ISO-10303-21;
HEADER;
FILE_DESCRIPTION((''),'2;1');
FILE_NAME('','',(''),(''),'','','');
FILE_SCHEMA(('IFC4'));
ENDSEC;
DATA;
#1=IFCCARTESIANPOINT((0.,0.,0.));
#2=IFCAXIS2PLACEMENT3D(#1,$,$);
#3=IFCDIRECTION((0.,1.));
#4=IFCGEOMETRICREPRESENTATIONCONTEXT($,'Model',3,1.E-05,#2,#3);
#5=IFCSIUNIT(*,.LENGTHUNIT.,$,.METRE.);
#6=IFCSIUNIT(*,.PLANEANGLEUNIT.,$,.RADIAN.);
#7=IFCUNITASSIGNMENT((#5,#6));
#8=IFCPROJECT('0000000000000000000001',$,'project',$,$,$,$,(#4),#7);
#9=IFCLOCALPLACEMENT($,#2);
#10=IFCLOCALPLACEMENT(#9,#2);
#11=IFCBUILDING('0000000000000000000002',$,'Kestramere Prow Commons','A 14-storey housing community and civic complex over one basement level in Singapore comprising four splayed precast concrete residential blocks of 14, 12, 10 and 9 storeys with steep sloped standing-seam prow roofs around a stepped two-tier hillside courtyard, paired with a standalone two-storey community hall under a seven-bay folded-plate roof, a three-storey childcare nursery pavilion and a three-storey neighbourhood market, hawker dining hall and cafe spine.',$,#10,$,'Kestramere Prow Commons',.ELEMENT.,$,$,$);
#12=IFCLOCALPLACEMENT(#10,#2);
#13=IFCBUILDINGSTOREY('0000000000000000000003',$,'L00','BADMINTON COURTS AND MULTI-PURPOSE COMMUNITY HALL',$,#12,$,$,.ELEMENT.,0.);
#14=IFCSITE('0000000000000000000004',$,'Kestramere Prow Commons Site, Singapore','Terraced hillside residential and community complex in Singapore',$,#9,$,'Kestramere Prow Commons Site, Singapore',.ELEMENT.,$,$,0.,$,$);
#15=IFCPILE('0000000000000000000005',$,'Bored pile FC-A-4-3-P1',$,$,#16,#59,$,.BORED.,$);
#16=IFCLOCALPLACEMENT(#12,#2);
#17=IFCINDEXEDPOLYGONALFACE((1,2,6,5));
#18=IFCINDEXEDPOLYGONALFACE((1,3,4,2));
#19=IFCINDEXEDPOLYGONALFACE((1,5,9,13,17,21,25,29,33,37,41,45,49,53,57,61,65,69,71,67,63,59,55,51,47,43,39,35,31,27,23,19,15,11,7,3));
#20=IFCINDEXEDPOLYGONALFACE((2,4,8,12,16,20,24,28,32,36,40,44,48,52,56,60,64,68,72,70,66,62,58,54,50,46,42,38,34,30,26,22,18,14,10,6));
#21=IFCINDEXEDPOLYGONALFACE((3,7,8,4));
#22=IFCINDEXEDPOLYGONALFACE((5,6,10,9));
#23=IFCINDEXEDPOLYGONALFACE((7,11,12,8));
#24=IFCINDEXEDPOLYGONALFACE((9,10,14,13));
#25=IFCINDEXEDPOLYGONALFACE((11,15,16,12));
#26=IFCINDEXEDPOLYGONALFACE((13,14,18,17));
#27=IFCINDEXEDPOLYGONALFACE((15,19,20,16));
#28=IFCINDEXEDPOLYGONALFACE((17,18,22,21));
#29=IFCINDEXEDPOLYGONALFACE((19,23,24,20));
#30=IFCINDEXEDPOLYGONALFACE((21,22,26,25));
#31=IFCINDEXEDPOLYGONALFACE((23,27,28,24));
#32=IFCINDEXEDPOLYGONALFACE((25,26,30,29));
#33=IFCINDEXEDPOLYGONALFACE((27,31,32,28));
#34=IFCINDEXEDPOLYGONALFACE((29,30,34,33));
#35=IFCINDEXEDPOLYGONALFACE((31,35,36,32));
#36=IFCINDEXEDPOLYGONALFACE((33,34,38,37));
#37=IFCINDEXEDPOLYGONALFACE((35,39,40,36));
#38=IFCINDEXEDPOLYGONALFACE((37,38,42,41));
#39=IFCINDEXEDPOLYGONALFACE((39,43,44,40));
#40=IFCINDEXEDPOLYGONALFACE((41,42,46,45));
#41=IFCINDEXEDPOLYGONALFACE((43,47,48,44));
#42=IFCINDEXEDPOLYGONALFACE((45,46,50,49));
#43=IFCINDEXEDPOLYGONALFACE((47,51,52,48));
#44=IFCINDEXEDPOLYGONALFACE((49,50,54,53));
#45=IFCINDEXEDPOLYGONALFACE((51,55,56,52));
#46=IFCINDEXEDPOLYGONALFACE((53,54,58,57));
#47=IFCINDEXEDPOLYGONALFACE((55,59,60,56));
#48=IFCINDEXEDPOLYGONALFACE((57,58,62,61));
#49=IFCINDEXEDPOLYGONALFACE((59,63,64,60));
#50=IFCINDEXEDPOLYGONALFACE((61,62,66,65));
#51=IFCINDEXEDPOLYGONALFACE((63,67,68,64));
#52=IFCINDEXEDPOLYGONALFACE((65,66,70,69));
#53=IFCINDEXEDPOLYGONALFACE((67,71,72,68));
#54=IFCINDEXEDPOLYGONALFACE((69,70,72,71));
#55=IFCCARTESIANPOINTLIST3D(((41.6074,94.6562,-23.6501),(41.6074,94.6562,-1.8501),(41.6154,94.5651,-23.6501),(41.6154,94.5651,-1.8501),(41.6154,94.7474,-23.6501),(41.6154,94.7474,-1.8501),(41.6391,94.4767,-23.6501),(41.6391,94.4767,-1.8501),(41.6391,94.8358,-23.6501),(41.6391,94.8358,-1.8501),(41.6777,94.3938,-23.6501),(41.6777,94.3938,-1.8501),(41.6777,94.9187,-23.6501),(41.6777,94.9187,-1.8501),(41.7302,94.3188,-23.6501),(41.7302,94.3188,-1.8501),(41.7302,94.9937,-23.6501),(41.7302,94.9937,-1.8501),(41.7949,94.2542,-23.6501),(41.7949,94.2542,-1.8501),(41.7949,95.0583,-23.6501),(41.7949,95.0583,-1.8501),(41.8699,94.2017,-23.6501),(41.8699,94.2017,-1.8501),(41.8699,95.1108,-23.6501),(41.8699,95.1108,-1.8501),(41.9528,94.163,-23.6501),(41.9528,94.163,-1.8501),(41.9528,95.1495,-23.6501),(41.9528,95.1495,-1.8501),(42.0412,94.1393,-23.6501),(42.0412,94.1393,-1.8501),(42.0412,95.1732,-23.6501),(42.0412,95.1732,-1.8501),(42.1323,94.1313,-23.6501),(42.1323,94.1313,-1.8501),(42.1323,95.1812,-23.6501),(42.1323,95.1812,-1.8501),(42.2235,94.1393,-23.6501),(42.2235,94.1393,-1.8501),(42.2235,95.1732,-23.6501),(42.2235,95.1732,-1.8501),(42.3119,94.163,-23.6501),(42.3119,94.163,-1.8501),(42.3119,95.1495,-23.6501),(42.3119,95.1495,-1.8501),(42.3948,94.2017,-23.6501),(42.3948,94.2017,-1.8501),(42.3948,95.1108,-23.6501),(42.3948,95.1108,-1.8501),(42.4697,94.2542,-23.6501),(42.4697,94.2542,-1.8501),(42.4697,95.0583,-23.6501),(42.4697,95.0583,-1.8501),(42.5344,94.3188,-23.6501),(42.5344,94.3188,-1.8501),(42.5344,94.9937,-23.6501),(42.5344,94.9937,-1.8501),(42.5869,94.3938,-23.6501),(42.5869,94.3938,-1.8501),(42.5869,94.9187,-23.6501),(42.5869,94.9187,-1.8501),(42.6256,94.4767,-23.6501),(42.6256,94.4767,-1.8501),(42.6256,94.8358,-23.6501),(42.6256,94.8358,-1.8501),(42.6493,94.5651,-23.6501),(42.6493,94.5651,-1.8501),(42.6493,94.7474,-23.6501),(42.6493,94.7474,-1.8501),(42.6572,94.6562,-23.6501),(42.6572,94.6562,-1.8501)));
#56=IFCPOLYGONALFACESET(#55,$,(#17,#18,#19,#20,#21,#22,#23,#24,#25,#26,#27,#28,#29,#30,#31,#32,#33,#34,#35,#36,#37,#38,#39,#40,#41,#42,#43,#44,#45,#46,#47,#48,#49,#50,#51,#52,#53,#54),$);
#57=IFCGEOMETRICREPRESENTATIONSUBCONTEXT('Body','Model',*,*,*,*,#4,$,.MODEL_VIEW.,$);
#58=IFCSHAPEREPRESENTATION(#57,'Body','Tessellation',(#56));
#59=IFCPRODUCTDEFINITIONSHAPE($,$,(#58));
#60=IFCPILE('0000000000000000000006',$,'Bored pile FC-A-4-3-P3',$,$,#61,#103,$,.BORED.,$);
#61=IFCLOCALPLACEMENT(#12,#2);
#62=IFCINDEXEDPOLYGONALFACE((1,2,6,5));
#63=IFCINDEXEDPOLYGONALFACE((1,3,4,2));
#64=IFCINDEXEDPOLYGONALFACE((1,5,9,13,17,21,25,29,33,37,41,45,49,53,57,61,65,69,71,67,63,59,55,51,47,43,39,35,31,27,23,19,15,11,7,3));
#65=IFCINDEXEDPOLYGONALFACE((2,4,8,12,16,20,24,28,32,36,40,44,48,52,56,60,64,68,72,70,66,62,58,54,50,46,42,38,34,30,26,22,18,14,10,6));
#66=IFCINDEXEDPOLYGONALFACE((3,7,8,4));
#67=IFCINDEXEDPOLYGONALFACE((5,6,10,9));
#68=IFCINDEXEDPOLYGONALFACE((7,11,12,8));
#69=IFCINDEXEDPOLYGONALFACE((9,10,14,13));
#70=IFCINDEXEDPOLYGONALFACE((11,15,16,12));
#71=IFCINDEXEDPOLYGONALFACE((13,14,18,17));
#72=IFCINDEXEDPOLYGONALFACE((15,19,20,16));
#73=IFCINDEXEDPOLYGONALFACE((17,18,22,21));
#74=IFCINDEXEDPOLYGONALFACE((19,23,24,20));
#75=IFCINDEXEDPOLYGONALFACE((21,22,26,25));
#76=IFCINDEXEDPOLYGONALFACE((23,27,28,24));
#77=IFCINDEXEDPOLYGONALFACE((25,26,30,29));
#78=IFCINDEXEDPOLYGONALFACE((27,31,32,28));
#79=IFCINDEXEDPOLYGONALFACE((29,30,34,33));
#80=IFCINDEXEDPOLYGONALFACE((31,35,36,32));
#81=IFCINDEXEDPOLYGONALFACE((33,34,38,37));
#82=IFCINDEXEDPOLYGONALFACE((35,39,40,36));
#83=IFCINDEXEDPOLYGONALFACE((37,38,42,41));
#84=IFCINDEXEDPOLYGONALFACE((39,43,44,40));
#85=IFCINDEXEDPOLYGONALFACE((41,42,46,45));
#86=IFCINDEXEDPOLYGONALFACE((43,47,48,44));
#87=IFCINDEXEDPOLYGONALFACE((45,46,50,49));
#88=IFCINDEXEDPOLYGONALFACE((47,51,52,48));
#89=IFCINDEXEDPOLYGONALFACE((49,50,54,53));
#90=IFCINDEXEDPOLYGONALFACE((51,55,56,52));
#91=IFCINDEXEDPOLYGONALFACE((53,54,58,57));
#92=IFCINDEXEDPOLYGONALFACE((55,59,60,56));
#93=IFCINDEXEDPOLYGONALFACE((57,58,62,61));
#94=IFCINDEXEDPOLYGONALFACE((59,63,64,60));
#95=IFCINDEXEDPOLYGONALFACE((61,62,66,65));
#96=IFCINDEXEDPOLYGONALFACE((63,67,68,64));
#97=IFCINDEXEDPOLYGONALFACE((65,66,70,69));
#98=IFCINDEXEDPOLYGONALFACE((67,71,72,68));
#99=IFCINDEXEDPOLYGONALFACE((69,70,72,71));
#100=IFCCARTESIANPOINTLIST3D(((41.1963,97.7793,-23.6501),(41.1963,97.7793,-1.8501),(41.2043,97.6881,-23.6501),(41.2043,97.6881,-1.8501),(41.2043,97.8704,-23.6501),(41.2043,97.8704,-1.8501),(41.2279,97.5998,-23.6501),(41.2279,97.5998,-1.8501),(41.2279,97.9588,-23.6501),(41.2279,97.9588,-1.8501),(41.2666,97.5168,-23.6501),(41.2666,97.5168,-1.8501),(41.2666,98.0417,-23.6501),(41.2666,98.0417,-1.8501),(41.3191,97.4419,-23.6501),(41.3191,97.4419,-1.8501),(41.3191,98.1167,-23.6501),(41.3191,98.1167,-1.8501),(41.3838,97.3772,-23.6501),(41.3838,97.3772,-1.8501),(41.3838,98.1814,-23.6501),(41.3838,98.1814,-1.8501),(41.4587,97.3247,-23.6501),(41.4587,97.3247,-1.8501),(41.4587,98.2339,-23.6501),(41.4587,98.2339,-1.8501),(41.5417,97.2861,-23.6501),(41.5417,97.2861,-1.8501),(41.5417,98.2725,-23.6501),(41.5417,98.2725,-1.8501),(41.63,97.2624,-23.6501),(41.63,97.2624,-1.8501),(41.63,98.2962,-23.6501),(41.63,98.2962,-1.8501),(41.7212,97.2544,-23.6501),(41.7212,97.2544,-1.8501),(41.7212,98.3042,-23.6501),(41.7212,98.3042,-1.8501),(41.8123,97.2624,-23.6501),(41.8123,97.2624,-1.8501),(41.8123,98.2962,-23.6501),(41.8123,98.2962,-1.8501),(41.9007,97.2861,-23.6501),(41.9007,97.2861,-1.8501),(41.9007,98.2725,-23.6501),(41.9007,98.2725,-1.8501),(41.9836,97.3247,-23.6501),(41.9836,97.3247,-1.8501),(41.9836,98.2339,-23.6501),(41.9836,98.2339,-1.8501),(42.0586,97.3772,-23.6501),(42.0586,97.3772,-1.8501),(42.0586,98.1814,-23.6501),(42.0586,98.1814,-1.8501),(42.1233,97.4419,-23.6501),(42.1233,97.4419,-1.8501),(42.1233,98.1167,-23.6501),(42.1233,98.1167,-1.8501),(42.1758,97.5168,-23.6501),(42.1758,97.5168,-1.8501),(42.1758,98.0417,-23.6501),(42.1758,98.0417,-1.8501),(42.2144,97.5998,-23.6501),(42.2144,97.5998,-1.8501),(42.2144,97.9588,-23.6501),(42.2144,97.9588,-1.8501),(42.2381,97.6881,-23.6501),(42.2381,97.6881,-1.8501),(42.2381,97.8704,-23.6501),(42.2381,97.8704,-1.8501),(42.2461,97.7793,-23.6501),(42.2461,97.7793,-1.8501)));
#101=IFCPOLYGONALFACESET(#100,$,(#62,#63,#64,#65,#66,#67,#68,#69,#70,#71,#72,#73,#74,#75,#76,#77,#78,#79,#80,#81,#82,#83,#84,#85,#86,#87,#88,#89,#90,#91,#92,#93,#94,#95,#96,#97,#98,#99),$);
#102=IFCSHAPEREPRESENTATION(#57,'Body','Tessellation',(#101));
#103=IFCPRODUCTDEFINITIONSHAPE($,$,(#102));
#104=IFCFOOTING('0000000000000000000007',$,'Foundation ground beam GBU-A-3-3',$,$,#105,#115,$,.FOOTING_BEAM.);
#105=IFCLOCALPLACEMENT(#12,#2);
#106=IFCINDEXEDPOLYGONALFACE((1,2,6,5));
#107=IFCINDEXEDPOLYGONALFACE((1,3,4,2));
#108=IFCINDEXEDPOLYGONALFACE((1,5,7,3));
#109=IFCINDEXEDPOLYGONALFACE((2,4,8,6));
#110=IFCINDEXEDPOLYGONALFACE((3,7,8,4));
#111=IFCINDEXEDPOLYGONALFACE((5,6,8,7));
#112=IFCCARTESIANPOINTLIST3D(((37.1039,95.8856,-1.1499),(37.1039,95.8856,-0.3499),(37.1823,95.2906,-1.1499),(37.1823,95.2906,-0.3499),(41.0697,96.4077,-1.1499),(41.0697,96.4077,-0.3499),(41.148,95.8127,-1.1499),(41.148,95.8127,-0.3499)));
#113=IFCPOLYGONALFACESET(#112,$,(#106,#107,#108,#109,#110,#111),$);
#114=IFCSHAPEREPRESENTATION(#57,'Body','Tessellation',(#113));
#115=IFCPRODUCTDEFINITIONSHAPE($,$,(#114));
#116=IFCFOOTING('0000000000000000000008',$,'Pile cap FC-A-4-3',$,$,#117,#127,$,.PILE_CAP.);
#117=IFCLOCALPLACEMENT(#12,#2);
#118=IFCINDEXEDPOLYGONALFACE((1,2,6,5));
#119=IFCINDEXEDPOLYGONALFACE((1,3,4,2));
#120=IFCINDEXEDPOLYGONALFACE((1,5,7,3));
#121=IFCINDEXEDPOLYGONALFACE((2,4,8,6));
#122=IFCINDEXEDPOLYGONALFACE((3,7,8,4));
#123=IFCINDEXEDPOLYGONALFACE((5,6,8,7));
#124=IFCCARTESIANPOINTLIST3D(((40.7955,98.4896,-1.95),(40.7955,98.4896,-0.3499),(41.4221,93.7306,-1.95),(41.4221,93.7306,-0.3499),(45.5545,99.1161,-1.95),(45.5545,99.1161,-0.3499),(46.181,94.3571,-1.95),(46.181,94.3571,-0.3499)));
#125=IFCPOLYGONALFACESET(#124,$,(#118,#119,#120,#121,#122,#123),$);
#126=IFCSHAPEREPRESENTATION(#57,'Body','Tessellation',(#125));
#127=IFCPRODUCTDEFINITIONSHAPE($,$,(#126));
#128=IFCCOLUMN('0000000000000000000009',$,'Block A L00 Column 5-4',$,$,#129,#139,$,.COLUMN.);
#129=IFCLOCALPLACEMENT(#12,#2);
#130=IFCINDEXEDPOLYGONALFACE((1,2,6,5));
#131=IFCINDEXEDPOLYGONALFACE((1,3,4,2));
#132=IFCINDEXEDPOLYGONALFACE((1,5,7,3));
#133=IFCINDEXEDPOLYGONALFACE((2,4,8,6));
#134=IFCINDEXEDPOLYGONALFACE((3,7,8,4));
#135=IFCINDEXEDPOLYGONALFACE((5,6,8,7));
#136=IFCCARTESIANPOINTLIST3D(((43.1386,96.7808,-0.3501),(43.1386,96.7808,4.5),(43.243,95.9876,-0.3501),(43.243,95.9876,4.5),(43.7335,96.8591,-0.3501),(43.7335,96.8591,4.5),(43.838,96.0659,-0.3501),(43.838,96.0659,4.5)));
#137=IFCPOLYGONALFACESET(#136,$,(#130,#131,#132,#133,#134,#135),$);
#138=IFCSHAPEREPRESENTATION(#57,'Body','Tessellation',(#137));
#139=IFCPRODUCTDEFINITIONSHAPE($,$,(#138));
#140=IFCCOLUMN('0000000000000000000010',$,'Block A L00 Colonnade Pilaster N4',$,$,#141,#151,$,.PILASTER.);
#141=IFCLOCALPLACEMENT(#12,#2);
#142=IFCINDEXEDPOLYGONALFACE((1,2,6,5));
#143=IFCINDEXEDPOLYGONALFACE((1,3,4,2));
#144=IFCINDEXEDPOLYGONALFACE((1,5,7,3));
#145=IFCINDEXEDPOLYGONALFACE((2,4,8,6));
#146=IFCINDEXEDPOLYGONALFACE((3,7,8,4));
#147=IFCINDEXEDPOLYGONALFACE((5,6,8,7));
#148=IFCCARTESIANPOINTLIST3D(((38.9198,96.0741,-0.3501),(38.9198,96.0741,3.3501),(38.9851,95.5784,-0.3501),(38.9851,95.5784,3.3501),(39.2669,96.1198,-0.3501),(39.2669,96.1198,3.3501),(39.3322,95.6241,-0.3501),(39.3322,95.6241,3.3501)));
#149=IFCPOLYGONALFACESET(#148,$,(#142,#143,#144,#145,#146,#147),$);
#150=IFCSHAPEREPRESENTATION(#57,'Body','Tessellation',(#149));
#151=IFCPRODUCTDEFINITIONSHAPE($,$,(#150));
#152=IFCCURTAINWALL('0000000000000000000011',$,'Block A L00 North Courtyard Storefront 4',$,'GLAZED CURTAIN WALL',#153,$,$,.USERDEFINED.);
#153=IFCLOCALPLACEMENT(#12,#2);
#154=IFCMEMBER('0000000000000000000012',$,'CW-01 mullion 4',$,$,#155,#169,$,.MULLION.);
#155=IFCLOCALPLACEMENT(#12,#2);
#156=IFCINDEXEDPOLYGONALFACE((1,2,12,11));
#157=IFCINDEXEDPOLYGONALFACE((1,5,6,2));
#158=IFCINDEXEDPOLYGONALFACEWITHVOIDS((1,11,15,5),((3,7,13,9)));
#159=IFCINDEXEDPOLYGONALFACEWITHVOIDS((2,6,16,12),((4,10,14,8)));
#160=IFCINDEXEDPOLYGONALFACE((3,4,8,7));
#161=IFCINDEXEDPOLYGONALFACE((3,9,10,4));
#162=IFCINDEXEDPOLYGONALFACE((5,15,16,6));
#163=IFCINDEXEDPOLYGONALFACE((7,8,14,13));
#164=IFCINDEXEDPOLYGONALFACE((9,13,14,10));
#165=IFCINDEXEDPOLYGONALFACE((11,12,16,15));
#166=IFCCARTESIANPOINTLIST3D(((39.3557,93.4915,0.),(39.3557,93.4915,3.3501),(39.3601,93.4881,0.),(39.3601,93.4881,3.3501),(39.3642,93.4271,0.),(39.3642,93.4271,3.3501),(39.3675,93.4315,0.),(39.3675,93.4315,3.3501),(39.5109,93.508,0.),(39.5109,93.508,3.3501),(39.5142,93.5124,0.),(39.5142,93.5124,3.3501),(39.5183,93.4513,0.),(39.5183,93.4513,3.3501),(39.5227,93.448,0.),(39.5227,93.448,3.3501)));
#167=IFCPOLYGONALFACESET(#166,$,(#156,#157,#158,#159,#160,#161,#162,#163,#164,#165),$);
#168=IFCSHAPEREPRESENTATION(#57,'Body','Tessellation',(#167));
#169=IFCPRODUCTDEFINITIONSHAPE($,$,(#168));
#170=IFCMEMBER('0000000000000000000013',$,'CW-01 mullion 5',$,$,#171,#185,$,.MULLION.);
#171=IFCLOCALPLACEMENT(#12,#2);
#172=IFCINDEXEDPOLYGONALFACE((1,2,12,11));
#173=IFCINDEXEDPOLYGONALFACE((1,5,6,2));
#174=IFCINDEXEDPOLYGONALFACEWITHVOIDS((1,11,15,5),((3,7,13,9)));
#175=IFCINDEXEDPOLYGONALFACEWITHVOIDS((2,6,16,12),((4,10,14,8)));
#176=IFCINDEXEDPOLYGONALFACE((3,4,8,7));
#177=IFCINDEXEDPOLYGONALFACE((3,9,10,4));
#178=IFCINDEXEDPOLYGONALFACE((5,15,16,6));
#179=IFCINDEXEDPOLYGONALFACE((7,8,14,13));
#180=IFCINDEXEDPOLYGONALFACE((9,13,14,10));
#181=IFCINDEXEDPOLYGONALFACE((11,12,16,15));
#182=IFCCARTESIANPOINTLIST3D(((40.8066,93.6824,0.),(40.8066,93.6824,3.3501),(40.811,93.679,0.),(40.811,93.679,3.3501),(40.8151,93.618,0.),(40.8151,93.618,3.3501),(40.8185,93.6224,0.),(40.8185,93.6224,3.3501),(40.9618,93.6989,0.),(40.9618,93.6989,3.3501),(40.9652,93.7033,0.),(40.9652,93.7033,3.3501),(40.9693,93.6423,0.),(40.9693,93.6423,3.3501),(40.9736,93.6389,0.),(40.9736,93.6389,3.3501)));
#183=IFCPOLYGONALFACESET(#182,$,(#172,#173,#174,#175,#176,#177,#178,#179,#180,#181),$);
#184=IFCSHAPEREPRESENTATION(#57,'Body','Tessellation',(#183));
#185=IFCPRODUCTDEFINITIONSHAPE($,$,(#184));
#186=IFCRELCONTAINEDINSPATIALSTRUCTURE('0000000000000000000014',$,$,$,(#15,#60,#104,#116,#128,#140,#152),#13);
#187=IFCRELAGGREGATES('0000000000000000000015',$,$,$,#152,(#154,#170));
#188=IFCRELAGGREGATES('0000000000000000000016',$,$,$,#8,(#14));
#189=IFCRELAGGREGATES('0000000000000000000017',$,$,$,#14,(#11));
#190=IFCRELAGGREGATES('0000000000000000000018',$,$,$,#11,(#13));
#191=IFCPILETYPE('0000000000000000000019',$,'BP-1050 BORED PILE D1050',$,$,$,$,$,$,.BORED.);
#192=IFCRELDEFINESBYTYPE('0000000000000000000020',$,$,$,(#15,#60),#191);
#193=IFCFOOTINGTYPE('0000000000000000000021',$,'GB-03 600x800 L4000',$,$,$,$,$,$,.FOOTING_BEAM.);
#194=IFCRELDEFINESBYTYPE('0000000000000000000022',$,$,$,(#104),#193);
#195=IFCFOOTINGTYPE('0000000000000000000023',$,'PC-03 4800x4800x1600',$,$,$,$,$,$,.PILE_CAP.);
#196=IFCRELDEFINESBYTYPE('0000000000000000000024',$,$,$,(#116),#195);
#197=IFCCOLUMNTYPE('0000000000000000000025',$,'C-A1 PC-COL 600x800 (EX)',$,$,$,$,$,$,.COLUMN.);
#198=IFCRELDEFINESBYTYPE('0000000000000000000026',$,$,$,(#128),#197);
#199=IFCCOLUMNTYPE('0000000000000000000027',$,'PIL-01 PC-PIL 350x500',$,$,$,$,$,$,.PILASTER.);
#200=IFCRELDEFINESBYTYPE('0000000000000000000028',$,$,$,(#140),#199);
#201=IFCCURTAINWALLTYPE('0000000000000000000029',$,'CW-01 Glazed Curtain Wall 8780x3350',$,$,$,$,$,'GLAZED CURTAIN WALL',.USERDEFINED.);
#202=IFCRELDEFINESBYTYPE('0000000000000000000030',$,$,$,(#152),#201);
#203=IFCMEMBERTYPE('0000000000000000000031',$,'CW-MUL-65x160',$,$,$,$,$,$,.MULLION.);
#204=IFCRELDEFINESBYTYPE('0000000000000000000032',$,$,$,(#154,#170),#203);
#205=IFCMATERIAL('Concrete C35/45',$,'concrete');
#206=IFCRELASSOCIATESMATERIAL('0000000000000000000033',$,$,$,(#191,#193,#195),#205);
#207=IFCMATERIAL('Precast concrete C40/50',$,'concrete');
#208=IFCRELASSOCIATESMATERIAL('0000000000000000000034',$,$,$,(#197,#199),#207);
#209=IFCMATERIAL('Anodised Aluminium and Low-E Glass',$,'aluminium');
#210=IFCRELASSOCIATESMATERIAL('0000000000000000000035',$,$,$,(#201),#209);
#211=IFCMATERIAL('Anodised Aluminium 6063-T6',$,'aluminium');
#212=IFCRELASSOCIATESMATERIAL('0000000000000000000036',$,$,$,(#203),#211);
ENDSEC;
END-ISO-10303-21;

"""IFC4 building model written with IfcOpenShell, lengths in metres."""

from ifc_helpers import new_model, si_unit, direction, frame, origin, origin_2d, place, context, subcontext, project, spatial, rectangle, hollow_rectangle, circle, extrude, material, material_profile, profile_set, type_object, element, aggregate, save


model = new_model("IFC4")

# Units and contexts
model_context = context("Model", 3, precision=1e-05, world=origin(), true_north=direction((0.0, 1.0)))
body_context = subcontext(model_context, "Body", "Model", "MODEL_VIEW")
ifc_project = project(units=[si_unit("LENGTHUNIT", "METRE"), si_unit("PLANEANGLEUNIT", "RADIAN")], contexts=[model_context])

# Site, building, storey
site_placement = place(None, origin())
site = spatial("IfcSite", under=ifc_project, at=site_placement, Name="Kestramere Prow Commons Site, Singapore", Description="Terraced hillside residential and community complex in Singapore", LongName="Kestramere Prow Commons Site, Singapore", CompositionType="ELEMENT", RefElevation=0.0)
building_placement = place(site_placement, origin())
building = spatial("IfcBuilding", under=site, at=building_placement, Name="Kestramere Prow Commons", Description="A 14-storey housing community and civic complex over one basement level in Singapore comprising four splayed precast concrete residential blocks of 14, 12, 10 and 9 storeys with steep sloped standing-seam prow roofs around a stepped two-tier hillside courtyard, paired with a standalone two-storey community hall under a seven-bay folded-plate roof, a three-storey childcare nursery pavilion and a three-storey neighbourhood market, hawker dining hall and cafe spine.", LongName="Kestramere Prow Commons", CompositionType="ELEMENT")
storey_placement = place(building_placement, origin())
storey = spatial("IfcBuildingStorey", under=building, at=storey_placement, Name="L00", Description="BADMINTON COURTS AND MULTI-PURPOSE COMMUNITY HALL", CompositionType="ELEMENT", Elevation=0.0)

# Piles
ifc_material_1 = material(Name="Concrete C35/45", Category="concrete")
ifc_material_profile_1 = material_profile(ifc_material_1, circle(Radius=0.5249, at=origin_2d()), Name="BORED PILE D1050")
ifc_profile_set_1 = profile_set([ifc_material_profile_1], Name="Concrete C35/45")
pile_type = type_object("IfcPileType", Name="BP-1050 BORED PILE D1050", PredefinedType="BORED", material=ifc_profile_set_1)
for number, where, z_axis, x_axis, name in (
    (1, (42.1323, 94.6562, -1.8501), (0.0, 0.0, -1.0), (1.0, 0.0, 0.0), "Bored pile FC-A-4-3-P1"),
    (2, (41.7212, 97.7793, -1.8501), (0.0, 0.0, -1.0), (1.0, 0.0, 0.0), "Bored pile FC-A-4-3-P3"),
):
    element("IfcPile", number, at=place(storey_placement, frame(where, z_axis=z_axis, x_axis=x_axis)), inside=storey, type_object=pile_type, Name=name, PredefinedType="BORED", context=body_context, shape_type="SweptSolid", body=[
        extrude(circle(Radius=0.5249, at=origin_2d()), origin(), (0.0, 0.0, 1.0), 21.8),
    ])

# Footings
footing_type_1 = type_object("IfcFootingType", Name="GB-03 600x800 L4000", PredefinedType="FOOTING_BEAM", material=ifc_material_1)
footing_1_placement = place(storey_placement, frame((39.126, 95.8491, -1.1499), z_axis=(0.0, 0.0, 1.0), x_axis=(0.991445, 0.130526, 0.0)))
element("IfcFooting", 3, at=footing_1_placement, inside=storey, type_object=footing_type_1, Name="Foundation ground beam GBU-A-3-3", PredefinedType="FOOTING_BEAM", context=body_context, shape_type="SweptSolid", body=[
    extrude(rectangle(XDim=4.0, YDim=0.6001, at=origin_2d()), origin(), (0.0, 0.0, 1.0), 0.8),
])
footing_type_2 = type_object("IfcFootingType", Name="PC-03 4800x4800x1600", PredefinedType="PILE_CAP", material=ifc_material_1)
footing_2_placement = place(storey_placement, frame((43.4883, 96.4233, -1.95), z_axis=(0.0, 0.0, 1.0), x_axis=(0.991445, 0.130526, 0.0)))
element("IfcFooting", 4, at=footing_2_placement, inside=storey, type_object=footing_type_2, Name="Pile cap FC-A-4-3", PredefinedType="PILE_CAP", context=body_context, shape_type="SweptSolid", body=[
    extrude(rectangle(XDim=4.8, YDim=4.8, at=origin_2d()), origin(), (0.0, 0.0, 1.0), 1.6001),
])

# Columns
ifc_material_2 = material(Name="Precast concrete C40/50", Category="concrete")
ifc_material_profile_2 = material_profile(ifc_material_2, rectangle(XDim=0.6001, YDim=0.8, at=origin_2d()), Name="PC-COL 600x800")
ifc_profile_set_2 = profile_set([ifc_material_profile_2], Name="Precast concrete C40/50")
column_type_1 = type_object("IfcColumnType", Name="C-A1 PC-COL 600x800 (EX)", PredefinedType="COLUMN", material=ifc_profile_set_2)
column_1_placement = place(storey_placement, frame((43.4883, 96.4233, -0.3501), z_axis=(0.0, 0.0, 1.0), x_axis=(0.991445, 0.130526, 0.0)))
element("IfcColumn", 5, at=column_1_placement, inside=storey, type_object=column_type_1, Name="Block A L00 Column 5-4", PredefinedType="COLUMN", context=body_context, shape_type="SweptSolid", body=[
    extrude(rectangle(XDim=0.6001, YDim=0.8, at=origin_2d()), origin(), (0.0, 0.0, 1.0), 4.8501),
])
ifc_material_profile_3 = material_profile(ifc_material_2, rectangle(XDim=0.3501, YDim=0.5, at=origin_2d()), Name="PC-PIL 350x500")
ifc_profile_set_3 = profile_set([ifc_material_profile_3], Name="Precast concrete C40/50")
column_type_2 = type_object("IfcColumnType", Name="PIL-01 PC-PIL 350x500", PredefinedType="PILASTER", material=ifc_profile_set_3)
column_2_placement = place(storey_placement, frame((39.126, 95.8491, -0.3501), z_axis=(0.0, 0.0, 1.0), x_axis=(0.991445, 0.130526, 0.0)))
element("IfcColumn", 6, at=column_2_placement, inside=storey, type_object=column_type_2, Name="Block A L00 Colonnade Pilaster N4", PredefinedType="PILASTER", context=body_context, shape_type="SweptSolid", body=[
    extrude(rectangle(XDim=0.3501, YDim=0.5, at=origin_2d()), origin(), (0.0, 0.0, 1.0), 3.7002),
])

# Curtain wall, members
ifc_material_3 = material(Name="Anodised Aluminium and Low-E Glass", Category="aluminium")
curtain_wall_type = type_object("IfcCurtainWallType", Name="CW-01 Glazed Curtain Wall 8780x3350", ElementType="GLAZED CURTAIN WALL", PredefinedType="USERDEFINED", material=ifc_material_3)
curtain_wall_placement = place(storey_placement, origin())
curtain_wall = element("IfcCurtainWall", 7, at=curtain_wall_placement, inside=storey, type_object=curtain_wall_type, Name="Block A L00 North Courtyard Storefront 4", ObjectType="GLAZED CURTAIN WALL", PredefinedType="USERDEFINED")
ifc_material_4 = material(Name="Anodised Aluminium 6063-T6", Category="aluminium")
ifc_material_profile_4 = material_profile(ifc_material_4, hollow_rectangle(XDim=0.0649, YDim=0.1599, WallThickness=0.0039, at=origin_2d()), Name="ALU-MUL 65x160")
ifc_profile_set_4 = profile_set([ifc_material_profile_4], Name="Anodised Aluminium 6063-T6")
member_type_1 = type_object("IfcMemberType", Name="CW-MUL-65x160", PredefinedType="MULLION", material=ifc_profile_set_4)
member_1_placement = place(storey_placement, frame((39.4392, 93.4697, 0.0), z_axis=(0.0, 0.0, 1.0), x_axis=(-0.130526, 0.991445, 0.0)))
member_1 = element("IfcMember", 8, at=member_1_placement, type_object=member_type_1, Name="CW-01 mullion 4", PredefinedType="MULLION", context=body_context, shape_type="SweptSolid", body=[
    extrude(hollow_rectangle(XDim=0.0649, YDim=0.1599, WallThickness=0.0039, at=origin_2d()), origin(), (0.0, 0.0, 1.0), 3.3501),
])
member_2_placement = place(storey_placement, frame((40.8901, 93.6606, 0.0), z_axis=(0.0, 0.0, 1.0), x_axis=(-0.130526, 0.991445, 0.0)))
member_2 = element("IfcMember", 9, at=member_2_placement, type_object=member_type_1, Name="CW-01 mullion 5", PredefinedType="MULLION", context=body_context, shape_type="SweptSolid", body=[
    extrude(hollow_rectangle(XDim=0.0649, YDim=0.1599, WallThickness=0.0039, at=origin_2d()), origin(), (0.0, 0.0, 1.0), 3.3501),
])
aggregate(curtain_wall, [member_1, member_2])

save(model, "model.ifc")
